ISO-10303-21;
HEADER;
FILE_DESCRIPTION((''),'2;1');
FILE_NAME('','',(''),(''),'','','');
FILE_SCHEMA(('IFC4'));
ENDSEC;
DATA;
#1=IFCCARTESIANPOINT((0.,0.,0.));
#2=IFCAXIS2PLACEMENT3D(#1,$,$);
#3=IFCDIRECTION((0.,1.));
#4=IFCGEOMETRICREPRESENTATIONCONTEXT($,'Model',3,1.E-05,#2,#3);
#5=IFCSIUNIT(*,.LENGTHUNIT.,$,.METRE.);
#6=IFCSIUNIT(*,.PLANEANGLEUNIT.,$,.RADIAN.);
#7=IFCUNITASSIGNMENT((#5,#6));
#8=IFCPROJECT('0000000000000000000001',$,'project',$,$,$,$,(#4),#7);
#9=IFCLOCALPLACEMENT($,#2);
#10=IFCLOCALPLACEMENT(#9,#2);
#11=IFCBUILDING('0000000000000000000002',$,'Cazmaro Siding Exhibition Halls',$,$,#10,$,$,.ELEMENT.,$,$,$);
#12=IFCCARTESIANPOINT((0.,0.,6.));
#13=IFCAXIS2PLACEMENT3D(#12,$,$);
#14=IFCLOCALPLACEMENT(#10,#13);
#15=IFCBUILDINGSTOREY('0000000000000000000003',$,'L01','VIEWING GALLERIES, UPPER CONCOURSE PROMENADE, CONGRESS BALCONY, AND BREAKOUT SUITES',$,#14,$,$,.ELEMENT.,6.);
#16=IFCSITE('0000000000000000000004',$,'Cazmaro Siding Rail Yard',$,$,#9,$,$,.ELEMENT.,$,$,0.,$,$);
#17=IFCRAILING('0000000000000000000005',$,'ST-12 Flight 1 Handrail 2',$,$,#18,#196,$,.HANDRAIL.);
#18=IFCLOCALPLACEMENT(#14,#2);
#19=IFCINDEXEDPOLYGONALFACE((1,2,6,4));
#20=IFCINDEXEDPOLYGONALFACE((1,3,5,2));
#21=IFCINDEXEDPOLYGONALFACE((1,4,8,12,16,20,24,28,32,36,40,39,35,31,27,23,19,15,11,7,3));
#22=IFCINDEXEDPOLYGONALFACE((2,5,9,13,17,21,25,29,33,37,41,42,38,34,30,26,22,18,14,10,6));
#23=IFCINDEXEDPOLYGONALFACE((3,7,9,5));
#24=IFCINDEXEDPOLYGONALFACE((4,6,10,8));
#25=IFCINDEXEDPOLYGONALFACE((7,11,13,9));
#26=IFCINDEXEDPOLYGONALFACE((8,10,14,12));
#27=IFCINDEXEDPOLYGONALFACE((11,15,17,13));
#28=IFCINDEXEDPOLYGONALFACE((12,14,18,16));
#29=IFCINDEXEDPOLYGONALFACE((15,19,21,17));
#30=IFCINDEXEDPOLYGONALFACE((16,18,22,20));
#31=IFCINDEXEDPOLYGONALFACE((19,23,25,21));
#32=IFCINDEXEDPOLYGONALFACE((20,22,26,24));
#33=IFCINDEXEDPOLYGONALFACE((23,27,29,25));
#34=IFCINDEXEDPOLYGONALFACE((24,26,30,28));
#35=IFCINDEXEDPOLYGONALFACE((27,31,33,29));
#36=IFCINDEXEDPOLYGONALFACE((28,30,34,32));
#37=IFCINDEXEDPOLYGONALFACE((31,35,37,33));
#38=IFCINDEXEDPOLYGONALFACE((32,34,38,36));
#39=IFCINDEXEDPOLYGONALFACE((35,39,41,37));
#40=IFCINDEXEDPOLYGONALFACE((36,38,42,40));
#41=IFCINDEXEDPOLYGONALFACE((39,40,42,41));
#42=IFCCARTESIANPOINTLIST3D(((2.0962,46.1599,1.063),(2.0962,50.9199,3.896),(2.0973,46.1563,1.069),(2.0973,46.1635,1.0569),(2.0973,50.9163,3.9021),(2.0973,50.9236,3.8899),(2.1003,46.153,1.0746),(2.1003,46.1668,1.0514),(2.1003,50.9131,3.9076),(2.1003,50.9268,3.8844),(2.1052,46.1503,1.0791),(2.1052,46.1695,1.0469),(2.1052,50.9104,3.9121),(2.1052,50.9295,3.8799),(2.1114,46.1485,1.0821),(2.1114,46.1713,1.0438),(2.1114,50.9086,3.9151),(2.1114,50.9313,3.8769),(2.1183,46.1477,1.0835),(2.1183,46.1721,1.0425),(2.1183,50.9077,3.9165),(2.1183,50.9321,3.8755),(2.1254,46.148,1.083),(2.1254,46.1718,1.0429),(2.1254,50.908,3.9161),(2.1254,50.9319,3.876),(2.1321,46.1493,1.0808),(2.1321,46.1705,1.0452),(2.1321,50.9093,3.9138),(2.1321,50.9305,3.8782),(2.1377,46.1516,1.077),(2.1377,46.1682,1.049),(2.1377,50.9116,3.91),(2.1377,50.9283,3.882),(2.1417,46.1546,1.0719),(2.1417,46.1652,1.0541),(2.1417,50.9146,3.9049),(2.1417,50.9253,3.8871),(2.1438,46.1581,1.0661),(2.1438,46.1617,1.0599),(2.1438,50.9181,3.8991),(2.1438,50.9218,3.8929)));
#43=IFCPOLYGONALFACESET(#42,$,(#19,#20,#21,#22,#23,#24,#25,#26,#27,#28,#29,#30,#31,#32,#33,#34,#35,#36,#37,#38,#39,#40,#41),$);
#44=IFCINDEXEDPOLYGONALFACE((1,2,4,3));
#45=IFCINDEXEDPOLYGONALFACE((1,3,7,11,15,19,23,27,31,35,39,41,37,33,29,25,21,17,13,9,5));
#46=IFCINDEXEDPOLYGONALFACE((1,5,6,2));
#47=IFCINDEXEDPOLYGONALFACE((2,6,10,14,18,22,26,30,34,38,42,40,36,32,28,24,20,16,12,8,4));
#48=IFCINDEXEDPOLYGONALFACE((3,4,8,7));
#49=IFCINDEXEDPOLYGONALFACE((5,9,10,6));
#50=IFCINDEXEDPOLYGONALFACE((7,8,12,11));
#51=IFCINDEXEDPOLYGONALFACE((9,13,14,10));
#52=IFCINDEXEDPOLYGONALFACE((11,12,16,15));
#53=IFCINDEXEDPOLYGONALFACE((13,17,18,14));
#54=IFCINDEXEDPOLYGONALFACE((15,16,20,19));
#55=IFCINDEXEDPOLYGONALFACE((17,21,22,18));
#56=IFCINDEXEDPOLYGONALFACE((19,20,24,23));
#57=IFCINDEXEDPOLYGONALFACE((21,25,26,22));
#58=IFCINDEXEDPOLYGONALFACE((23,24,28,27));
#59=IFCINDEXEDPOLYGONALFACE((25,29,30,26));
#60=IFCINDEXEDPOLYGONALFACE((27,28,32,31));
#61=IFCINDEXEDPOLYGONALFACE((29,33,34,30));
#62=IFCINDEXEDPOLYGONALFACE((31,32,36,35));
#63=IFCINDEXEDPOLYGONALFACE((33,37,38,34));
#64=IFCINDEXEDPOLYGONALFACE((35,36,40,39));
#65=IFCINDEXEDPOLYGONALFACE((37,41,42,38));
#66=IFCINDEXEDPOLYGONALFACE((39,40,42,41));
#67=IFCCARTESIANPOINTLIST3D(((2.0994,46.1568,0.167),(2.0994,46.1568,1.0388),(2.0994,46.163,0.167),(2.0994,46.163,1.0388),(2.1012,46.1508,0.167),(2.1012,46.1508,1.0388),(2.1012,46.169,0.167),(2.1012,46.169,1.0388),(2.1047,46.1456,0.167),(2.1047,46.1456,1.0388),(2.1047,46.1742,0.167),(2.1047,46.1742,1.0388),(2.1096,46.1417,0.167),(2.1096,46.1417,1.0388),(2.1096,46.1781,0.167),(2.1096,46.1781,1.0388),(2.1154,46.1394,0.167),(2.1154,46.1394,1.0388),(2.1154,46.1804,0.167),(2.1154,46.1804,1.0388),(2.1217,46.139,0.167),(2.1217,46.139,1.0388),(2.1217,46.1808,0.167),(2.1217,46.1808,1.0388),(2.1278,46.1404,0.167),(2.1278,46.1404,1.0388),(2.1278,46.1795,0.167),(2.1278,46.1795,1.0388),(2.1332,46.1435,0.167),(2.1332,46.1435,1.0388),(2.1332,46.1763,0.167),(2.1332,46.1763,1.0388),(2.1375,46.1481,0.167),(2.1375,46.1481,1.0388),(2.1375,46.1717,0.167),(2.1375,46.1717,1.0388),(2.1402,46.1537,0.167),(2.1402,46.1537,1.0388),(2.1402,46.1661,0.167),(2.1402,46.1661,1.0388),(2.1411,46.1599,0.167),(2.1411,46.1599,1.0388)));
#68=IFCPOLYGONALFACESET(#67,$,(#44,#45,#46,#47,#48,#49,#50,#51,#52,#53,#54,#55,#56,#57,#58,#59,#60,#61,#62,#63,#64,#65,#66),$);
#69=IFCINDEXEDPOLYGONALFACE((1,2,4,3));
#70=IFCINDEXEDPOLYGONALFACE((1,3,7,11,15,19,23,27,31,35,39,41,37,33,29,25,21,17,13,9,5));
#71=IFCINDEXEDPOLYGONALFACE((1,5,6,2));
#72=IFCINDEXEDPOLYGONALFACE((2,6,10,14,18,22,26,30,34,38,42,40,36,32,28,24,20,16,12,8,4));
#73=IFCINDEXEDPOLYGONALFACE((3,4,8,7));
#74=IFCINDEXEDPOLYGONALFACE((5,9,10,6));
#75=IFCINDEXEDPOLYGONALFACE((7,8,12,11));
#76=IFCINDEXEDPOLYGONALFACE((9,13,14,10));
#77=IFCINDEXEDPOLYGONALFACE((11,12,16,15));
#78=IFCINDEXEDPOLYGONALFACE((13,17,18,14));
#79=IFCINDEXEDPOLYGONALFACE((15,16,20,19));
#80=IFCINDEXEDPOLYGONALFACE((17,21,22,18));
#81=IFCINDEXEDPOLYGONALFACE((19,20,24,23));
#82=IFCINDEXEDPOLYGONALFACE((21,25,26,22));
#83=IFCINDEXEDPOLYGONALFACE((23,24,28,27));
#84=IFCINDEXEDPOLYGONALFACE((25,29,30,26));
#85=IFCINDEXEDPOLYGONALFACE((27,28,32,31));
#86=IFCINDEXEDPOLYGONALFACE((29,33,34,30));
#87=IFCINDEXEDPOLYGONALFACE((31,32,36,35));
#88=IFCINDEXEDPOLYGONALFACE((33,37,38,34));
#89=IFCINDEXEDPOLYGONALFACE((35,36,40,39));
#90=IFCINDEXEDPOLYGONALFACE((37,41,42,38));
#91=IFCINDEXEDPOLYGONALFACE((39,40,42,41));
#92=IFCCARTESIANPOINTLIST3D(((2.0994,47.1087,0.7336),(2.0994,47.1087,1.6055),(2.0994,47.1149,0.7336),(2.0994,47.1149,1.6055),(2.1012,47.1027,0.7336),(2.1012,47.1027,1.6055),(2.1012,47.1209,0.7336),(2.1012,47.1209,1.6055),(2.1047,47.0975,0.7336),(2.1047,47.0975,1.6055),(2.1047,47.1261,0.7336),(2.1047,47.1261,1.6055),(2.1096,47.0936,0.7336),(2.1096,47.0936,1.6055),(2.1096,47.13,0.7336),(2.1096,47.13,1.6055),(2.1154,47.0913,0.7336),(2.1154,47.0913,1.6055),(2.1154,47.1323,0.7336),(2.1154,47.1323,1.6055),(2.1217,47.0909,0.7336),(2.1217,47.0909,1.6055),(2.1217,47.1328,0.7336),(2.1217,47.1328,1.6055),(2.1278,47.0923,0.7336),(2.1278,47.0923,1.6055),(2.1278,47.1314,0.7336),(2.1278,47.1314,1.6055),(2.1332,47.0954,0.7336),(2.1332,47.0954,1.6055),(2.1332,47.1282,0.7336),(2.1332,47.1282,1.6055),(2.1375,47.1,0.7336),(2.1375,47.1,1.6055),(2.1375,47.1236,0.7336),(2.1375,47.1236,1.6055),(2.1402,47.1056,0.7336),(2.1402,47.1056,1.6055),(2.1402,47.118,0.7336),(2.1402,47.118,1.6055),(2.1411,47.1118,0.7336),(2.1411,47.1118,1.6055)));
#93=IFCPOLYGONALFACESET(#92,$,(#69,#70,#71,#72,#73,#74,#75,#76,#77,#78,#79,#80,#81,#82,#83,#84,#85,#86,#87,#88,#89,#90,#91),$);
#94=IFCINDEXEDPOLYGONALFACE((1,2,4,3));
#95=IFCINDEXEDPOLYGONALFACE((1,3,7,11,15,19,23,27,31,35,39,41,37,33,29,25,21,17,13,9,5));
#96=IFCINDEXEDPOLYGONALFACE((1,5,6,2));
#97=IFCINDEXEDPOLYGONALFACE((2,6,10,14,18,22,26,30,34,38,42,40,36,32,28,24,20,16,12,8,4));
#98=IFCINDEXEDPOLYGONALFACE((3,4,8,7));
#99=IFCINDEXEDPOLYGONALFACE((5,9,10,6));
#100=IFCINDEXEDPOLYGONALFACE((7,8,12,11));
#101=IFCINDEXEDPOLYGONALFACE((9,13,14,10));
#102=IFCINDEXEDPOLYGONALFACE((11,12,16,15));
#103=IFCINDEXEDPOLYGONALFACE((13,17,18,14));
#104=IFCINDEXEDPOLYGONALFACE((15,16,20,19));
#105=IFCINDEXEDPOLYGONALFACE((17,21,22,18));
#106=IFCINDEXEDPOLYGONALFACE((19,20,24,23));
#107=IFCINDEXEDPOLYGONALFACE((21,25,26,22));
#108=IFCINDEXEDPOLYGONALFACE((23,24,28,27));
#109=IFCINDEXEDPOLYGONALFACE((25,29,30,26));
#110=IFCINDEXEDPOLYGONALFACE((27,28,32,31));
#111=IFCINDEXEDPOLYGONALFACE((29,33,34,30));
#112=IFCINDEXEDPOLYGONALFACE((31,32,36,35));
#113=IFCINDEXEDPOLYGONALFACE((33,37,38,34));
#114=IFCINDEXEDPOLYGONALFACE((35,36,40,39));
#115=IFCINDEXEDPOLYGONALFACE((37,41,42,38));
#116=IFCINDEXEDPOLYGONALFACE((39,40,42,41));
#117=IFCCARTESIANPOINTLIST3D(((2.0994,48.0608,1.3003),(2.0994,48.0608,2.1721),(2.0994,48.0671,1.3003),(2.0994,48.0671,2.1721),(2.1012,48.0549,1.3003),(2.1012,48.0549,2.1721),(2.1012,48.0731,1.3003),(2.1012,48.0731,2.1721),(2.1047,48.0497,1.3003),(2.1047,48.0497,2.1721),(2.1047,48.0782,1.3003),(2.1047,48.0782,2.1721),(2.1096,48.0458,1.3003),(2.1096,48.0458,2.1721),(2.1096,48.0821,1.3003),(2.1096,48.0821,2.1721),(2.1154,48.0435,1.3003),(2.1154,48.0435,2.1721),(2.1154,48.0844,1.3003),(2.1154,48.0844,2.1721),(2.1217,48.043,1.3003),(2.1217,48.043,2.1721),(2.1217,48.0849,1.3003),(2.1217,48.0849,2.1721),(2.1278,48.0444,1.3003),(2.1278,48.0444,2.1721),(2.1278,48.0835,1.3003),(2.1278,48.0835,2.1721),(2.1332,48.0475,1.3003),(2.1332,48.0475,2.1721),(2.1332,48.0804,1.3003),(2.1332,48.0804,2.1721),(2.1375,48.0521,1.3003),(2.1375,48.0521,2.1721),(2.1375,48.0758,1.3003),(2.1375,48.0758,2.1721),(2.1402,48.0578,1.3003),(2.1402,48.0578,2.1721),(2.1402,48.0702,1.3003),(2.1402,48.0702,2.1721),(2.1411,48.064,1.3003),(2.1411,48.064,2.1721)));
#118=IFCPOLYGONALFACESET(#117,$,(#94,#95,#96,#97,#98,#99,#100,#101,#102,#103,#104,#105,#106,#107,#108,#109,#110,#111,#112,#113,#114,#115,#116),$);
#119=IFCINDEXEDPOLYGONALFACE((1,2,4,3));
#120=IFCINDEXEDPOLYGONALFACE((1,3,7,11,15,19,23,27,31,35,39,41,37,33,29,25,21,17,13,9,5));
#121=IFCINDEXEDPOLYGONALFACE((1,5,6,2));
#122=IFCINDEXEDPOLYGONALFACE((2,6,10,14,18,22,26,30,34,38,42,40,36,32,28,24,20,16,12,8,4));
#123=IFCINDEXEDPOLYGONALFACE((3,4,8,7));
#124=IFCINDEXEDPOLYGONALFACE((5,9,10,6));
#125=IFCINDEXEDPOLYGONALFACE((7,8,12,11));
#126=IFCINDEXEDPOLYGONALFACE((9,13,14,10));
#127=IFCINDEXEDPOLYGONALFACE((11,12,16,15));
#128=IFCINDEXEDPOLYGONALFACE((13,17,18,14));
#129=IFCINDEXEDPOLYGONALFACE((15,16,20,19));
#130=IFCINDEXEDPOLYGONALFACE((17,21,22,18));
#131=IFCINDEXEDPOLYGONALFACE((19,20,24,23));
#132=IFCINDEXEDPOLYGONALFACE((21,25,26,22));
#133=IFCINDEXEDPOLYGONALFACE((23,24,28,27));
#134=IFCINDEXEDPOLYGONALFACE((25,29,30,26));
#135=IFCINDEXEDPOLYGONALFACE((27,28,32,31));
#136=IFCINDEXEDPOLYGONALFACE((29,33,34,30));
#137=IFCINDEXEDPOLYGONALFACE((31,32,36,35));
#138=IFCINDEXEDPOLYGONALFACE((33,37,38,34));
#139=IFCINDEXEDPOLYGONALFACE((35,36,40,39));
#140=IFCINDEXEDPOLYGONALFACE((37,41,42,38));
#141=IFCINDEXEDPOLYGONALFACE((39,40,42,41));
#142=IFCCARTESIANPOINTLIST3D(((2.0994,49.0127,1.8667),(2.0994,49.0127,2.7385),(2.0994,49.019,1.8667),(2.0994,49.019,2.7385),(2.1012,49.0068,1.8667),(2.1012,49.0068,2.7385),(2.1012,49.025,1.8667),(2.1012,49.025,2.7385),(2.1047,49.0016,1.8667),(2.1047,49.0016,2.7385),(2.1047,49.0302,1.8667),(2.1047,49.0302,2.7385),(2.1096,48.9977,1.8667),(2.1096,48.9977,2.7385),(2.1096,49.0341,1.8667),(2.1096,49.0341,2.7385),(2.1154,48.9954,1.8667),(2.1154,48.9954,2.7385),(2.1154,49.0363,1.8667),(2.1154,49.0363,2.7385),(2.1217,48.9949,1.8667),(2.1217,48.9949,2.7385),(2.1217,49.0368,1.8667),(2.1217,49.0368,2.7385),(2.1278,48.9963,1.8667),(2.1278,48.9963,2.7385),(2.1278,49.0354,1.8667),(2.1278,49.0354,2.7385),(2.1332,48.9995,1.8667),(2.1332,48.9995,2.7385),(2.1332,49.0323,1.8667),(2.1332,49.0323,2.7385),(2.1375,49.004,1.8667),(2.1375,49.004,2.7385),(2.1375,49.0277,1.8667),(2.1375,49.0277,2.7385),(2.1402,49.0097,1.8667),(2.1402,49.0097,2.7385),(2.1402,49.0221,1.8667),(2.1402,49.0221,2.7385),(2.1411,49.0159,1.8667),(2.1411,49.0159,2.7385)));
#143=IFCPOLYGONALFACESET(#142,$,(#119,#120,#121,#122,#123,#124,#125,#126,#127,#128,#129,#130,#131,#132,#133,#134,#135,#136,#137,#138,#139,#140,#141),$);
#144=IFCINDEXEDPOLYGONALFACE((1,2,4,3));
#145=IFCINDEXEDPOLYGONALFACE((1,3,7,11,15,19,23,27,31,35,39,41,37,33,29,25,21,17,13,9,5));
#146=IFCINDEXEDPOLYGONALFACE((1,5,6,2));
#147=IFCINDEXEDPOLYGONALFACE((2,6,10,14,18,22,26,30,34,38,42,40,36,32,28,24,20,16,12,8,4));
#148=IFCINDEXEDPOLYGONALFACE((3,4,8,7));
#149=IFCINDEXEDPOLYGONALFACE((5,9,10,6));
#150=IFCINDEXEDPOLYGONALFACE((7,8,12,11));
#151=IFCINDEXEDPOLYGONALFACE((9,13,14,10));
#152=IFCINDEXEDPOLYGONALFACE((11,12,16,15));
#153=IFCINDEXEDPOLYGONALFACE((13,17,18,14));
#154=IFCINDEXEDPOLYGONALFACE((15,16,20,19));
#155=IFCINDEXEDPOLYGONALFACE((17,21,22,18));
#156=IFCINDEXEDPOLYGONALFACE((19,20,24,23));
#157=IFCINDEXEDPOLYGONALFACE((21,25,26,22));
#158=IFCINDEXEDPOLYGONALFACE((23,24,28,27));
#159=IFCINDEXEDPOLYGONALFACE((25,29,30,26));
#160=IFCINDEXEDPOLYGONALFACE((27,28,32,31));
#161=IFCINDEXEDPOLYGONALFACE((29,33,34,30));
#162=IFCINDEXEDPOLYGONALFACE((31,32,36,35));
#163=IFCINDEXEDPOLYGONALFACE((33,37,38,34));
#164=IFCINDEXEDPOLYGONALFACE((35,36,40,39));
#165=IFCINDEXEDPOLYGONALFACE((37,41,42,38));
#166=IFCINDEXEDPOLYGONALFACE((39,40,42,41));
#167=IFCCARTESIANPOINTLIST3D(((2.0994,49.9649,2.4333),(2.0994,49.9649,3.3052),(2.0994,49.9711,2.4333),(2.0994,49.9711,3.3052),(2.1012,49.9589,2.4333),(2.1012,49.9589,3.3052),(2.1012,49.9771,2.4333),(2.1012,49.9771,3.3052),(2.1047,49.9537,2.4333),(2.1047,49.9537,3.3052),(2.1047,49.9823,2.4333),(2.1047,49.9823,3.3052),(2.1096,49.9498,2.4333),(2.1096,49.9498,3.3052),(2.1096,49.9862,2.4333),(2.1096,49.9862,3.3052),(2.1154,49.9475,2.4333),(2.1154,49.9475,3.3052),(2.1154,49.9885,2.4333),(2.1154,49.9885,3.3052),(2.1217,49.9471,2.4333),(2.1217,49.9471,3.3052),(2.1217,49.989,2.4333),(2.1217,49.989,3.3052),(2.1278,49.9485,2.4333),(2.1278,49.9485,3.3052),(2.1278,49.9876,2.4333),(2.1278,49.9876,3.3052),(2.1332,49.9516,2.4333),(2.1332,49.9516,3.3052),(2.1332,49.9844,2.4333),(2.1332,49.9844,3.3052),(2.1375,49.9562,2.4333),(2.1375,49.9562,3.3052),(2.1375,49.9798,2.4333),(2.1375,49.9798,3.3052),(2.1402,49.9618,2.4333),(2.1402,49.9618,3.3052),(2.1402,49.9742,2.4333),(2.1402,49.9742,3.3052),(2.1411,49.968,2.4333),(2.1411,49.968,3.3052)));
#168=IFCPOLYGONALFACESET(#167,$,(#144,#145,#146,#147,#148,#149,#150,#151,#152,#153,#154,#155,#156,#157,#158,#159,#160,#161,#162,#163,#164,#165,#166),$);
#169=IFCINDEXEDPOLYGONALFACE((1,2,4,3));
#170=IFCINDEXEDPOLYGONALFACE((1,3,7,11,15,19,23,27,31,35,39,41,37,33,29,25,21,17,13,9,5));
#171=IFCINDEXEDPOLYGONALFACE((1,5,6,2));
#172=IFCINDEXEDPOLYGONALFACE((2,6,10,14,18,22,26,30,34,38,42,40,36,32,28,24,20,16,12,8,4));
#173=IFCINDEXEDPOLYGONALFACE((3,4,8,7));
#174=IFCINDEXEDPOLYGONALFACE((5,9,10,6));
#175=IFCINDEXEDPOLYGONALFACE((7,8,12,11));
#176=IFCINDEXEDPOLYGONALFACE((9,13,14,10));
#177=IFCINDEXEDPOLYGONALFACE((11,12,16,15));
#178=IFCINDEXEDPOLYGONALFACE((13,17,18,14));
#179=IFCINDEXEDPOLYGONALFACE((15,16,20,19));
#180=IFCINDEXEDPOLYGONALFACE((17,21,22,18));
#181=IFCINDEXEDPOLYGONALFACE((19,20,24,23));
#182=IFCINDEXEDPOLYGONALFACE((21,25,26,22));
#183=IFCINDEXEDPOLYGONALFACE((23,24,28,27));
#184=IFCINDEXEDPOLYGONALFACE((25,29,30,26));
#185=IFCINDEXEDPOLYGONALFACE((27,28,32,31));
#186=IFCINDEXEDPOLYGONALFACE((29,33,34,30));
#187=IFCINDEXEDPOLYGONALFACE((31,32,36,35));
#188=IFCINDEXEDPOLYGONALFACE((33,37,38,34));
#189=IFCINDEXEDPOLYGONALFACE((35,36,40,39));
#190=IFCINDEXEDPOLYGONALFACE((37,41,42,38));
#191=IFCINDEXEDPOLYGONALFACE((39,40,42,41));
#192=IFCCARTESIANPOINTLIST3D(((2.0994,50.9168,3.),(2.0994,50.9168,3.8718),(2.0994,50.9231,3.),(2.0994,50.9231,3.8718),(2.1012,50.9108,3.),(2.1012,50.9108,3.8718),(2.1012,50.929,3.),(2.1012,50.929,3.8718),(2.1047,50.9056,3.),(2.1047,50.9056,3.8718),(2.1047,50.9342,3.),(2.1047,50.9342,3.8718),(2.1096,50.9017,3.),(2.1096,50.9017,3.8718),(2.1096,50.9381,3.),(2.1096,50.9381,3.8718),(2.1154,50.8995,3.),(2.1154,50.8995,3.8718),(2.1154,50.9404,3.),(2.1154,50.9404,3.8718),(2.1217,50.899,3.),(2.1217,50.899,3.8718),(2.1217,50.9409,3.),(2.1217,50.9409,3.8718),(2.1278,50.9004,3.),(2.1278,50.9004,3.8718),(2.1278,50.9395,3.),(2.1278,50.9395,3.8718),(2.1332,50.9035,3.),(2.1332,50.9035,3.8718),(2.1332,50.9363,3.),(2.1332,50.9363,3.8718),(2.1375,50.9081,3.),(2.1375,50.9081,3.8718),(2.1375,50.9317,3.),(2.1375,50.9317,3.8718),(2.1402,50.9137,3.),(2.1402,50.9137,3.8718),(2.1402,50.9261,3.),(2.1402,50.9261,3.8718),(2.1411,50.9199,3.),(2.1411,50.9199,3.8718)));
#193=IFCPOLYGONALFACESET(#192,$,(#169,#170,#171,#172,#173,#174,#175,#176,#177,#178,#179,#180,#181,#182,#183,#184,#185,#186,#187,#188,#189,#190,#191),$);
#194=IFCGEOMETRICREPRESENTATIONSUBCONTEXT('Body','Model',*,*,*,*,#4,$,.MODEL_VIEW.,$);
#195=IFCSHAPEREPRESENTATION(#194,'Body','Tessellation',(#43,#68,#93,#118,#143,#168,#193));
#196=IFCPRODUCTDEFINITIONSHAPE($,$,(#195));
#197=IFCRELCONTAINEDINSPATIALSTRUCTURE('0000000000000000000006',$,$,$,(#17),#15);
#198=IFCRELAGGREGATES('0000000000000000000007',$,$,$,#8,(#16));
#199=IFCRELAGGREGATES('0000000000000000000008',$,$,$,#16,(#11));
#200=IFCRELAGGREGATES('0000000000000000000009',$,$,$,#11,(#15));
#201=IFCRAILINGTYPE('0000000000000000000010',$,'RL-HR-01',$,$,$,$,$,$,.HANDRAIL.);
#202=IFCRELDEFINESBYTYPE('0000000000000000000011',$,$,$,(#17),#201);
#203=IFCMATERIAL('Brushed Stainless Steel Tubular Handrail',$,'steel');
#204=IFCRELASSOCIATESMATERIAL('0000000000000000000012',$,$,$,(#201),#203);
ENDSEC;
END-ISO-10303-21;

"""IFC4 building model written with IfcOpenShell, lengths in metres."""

from ifc_helpers import new_model, si_unit, direction, frame, origin, origin_2d, place, context, subcontext, project, spatial, circle, extrude, material, type_object, element, save


model = new_model("IFC4")

# Units and contexts
model_context = context("Model", 3, precision=1e-05, world=origin(), true_north=direction((0.0, 1.0)))
body_context = subcontext(model_context, "Body", "Model", "MODEL_VIEW")
ifc_project = project(units=[si_unit("LENGTHUNIT", "METRE"), si_unit("PLANEANGLEUNIT", "RADIAN")], contexts=[model_context])

# Site, building, storey
site_placement = place(None, origin())
site = spatial("IfcSite", under=ifc_project, at=site_placement, Name="Cazmaro Siding Rail Yard", CompositionType="ELEMENT", RefElevation=0.0)
building_placement = place(site_placement, origin())
building = spatial("IfcBuilding", under=site, at=building_placement, Name="Cazmaro Siding Exhibition Halls", CompositionType="ELEMENT")
storey_placement = place(building_placement, frame((0.0, 0.0, 6.0)))
storey = spatial("IfcBuildingStorey", under=building, at=storey_placement, Name="L01", Description="VIEWING GALLERIES, UPPER CONCOURSE PROMENADE, CONGRESS BALCONY, AND BREAKOUT SUITES", CompositionType="ELEMENT", Elevation=6.0)

# Railing
ifc_material_1 = material(Name="Brushed Stainless Steel Tubular Handrail", Category="steel")
railing_type_1 = type_object("IfcRailingType", Name="RL-HR-01", PredefinedType="HANDRAIL", material=ifc_material_1)
for number, where, name in (
    (1, (2.1201, 46.1599, 0.167), "ST-12 Flight 1 Handrail 2"),
):
    element("IfcRailing", number, at=place(storey_placement, frame(where)), inside=storey, type_object=railing_type_1, Name=name, PredefinedType="HANDRAIL", context=body_context, shape_type="SweptSolid", body=[
        extrude(circle(Radius=0.0239, at=origin_2d()), frame((0.0, 0.0, 0.896), z_axis=(0.0, 0.859319, 0.51144), x_axis=(-1.0, 0.0, 0.0)), (0.0, 0.0, 1.0), 5.5393),
        extrude(circle(Radius=0.021, at=origin_2d()), origin(), (0.0, 0.0, 1.0), 0.8718),
        extrude(circle(Radius=0.021, at=origin_2d()), frame((0.0, 0.9519, 0.5667)), (0.0, 0.0, 1.0), 0.8718),
        extrude(circle(Radius=0.021, at=origin_2d()), frame((0.0, 1.9041, 1.1333)), (0.0, 0.0, 1.0), 0.8718),
        extrude(circle(Radius=0.021, at=origin_2d()), frame((0.0, 2.856, 1.6997)), (0.0, 0.0, 1.0), 0.8718),
        extrude(circle(Radius=0.021, at=origin_2d()), frame((0.0, 3.8081, 2.2664)), (0.0, 0.0, 1.0), 0.8718),
        extrude(circle(Radius=0.021, at=origin_2d()), frame((0.0, 4.76, 2.833)), (0.0, 0.0, 1.0), 0.8718),
    ])

save(model, "model.ifc")
